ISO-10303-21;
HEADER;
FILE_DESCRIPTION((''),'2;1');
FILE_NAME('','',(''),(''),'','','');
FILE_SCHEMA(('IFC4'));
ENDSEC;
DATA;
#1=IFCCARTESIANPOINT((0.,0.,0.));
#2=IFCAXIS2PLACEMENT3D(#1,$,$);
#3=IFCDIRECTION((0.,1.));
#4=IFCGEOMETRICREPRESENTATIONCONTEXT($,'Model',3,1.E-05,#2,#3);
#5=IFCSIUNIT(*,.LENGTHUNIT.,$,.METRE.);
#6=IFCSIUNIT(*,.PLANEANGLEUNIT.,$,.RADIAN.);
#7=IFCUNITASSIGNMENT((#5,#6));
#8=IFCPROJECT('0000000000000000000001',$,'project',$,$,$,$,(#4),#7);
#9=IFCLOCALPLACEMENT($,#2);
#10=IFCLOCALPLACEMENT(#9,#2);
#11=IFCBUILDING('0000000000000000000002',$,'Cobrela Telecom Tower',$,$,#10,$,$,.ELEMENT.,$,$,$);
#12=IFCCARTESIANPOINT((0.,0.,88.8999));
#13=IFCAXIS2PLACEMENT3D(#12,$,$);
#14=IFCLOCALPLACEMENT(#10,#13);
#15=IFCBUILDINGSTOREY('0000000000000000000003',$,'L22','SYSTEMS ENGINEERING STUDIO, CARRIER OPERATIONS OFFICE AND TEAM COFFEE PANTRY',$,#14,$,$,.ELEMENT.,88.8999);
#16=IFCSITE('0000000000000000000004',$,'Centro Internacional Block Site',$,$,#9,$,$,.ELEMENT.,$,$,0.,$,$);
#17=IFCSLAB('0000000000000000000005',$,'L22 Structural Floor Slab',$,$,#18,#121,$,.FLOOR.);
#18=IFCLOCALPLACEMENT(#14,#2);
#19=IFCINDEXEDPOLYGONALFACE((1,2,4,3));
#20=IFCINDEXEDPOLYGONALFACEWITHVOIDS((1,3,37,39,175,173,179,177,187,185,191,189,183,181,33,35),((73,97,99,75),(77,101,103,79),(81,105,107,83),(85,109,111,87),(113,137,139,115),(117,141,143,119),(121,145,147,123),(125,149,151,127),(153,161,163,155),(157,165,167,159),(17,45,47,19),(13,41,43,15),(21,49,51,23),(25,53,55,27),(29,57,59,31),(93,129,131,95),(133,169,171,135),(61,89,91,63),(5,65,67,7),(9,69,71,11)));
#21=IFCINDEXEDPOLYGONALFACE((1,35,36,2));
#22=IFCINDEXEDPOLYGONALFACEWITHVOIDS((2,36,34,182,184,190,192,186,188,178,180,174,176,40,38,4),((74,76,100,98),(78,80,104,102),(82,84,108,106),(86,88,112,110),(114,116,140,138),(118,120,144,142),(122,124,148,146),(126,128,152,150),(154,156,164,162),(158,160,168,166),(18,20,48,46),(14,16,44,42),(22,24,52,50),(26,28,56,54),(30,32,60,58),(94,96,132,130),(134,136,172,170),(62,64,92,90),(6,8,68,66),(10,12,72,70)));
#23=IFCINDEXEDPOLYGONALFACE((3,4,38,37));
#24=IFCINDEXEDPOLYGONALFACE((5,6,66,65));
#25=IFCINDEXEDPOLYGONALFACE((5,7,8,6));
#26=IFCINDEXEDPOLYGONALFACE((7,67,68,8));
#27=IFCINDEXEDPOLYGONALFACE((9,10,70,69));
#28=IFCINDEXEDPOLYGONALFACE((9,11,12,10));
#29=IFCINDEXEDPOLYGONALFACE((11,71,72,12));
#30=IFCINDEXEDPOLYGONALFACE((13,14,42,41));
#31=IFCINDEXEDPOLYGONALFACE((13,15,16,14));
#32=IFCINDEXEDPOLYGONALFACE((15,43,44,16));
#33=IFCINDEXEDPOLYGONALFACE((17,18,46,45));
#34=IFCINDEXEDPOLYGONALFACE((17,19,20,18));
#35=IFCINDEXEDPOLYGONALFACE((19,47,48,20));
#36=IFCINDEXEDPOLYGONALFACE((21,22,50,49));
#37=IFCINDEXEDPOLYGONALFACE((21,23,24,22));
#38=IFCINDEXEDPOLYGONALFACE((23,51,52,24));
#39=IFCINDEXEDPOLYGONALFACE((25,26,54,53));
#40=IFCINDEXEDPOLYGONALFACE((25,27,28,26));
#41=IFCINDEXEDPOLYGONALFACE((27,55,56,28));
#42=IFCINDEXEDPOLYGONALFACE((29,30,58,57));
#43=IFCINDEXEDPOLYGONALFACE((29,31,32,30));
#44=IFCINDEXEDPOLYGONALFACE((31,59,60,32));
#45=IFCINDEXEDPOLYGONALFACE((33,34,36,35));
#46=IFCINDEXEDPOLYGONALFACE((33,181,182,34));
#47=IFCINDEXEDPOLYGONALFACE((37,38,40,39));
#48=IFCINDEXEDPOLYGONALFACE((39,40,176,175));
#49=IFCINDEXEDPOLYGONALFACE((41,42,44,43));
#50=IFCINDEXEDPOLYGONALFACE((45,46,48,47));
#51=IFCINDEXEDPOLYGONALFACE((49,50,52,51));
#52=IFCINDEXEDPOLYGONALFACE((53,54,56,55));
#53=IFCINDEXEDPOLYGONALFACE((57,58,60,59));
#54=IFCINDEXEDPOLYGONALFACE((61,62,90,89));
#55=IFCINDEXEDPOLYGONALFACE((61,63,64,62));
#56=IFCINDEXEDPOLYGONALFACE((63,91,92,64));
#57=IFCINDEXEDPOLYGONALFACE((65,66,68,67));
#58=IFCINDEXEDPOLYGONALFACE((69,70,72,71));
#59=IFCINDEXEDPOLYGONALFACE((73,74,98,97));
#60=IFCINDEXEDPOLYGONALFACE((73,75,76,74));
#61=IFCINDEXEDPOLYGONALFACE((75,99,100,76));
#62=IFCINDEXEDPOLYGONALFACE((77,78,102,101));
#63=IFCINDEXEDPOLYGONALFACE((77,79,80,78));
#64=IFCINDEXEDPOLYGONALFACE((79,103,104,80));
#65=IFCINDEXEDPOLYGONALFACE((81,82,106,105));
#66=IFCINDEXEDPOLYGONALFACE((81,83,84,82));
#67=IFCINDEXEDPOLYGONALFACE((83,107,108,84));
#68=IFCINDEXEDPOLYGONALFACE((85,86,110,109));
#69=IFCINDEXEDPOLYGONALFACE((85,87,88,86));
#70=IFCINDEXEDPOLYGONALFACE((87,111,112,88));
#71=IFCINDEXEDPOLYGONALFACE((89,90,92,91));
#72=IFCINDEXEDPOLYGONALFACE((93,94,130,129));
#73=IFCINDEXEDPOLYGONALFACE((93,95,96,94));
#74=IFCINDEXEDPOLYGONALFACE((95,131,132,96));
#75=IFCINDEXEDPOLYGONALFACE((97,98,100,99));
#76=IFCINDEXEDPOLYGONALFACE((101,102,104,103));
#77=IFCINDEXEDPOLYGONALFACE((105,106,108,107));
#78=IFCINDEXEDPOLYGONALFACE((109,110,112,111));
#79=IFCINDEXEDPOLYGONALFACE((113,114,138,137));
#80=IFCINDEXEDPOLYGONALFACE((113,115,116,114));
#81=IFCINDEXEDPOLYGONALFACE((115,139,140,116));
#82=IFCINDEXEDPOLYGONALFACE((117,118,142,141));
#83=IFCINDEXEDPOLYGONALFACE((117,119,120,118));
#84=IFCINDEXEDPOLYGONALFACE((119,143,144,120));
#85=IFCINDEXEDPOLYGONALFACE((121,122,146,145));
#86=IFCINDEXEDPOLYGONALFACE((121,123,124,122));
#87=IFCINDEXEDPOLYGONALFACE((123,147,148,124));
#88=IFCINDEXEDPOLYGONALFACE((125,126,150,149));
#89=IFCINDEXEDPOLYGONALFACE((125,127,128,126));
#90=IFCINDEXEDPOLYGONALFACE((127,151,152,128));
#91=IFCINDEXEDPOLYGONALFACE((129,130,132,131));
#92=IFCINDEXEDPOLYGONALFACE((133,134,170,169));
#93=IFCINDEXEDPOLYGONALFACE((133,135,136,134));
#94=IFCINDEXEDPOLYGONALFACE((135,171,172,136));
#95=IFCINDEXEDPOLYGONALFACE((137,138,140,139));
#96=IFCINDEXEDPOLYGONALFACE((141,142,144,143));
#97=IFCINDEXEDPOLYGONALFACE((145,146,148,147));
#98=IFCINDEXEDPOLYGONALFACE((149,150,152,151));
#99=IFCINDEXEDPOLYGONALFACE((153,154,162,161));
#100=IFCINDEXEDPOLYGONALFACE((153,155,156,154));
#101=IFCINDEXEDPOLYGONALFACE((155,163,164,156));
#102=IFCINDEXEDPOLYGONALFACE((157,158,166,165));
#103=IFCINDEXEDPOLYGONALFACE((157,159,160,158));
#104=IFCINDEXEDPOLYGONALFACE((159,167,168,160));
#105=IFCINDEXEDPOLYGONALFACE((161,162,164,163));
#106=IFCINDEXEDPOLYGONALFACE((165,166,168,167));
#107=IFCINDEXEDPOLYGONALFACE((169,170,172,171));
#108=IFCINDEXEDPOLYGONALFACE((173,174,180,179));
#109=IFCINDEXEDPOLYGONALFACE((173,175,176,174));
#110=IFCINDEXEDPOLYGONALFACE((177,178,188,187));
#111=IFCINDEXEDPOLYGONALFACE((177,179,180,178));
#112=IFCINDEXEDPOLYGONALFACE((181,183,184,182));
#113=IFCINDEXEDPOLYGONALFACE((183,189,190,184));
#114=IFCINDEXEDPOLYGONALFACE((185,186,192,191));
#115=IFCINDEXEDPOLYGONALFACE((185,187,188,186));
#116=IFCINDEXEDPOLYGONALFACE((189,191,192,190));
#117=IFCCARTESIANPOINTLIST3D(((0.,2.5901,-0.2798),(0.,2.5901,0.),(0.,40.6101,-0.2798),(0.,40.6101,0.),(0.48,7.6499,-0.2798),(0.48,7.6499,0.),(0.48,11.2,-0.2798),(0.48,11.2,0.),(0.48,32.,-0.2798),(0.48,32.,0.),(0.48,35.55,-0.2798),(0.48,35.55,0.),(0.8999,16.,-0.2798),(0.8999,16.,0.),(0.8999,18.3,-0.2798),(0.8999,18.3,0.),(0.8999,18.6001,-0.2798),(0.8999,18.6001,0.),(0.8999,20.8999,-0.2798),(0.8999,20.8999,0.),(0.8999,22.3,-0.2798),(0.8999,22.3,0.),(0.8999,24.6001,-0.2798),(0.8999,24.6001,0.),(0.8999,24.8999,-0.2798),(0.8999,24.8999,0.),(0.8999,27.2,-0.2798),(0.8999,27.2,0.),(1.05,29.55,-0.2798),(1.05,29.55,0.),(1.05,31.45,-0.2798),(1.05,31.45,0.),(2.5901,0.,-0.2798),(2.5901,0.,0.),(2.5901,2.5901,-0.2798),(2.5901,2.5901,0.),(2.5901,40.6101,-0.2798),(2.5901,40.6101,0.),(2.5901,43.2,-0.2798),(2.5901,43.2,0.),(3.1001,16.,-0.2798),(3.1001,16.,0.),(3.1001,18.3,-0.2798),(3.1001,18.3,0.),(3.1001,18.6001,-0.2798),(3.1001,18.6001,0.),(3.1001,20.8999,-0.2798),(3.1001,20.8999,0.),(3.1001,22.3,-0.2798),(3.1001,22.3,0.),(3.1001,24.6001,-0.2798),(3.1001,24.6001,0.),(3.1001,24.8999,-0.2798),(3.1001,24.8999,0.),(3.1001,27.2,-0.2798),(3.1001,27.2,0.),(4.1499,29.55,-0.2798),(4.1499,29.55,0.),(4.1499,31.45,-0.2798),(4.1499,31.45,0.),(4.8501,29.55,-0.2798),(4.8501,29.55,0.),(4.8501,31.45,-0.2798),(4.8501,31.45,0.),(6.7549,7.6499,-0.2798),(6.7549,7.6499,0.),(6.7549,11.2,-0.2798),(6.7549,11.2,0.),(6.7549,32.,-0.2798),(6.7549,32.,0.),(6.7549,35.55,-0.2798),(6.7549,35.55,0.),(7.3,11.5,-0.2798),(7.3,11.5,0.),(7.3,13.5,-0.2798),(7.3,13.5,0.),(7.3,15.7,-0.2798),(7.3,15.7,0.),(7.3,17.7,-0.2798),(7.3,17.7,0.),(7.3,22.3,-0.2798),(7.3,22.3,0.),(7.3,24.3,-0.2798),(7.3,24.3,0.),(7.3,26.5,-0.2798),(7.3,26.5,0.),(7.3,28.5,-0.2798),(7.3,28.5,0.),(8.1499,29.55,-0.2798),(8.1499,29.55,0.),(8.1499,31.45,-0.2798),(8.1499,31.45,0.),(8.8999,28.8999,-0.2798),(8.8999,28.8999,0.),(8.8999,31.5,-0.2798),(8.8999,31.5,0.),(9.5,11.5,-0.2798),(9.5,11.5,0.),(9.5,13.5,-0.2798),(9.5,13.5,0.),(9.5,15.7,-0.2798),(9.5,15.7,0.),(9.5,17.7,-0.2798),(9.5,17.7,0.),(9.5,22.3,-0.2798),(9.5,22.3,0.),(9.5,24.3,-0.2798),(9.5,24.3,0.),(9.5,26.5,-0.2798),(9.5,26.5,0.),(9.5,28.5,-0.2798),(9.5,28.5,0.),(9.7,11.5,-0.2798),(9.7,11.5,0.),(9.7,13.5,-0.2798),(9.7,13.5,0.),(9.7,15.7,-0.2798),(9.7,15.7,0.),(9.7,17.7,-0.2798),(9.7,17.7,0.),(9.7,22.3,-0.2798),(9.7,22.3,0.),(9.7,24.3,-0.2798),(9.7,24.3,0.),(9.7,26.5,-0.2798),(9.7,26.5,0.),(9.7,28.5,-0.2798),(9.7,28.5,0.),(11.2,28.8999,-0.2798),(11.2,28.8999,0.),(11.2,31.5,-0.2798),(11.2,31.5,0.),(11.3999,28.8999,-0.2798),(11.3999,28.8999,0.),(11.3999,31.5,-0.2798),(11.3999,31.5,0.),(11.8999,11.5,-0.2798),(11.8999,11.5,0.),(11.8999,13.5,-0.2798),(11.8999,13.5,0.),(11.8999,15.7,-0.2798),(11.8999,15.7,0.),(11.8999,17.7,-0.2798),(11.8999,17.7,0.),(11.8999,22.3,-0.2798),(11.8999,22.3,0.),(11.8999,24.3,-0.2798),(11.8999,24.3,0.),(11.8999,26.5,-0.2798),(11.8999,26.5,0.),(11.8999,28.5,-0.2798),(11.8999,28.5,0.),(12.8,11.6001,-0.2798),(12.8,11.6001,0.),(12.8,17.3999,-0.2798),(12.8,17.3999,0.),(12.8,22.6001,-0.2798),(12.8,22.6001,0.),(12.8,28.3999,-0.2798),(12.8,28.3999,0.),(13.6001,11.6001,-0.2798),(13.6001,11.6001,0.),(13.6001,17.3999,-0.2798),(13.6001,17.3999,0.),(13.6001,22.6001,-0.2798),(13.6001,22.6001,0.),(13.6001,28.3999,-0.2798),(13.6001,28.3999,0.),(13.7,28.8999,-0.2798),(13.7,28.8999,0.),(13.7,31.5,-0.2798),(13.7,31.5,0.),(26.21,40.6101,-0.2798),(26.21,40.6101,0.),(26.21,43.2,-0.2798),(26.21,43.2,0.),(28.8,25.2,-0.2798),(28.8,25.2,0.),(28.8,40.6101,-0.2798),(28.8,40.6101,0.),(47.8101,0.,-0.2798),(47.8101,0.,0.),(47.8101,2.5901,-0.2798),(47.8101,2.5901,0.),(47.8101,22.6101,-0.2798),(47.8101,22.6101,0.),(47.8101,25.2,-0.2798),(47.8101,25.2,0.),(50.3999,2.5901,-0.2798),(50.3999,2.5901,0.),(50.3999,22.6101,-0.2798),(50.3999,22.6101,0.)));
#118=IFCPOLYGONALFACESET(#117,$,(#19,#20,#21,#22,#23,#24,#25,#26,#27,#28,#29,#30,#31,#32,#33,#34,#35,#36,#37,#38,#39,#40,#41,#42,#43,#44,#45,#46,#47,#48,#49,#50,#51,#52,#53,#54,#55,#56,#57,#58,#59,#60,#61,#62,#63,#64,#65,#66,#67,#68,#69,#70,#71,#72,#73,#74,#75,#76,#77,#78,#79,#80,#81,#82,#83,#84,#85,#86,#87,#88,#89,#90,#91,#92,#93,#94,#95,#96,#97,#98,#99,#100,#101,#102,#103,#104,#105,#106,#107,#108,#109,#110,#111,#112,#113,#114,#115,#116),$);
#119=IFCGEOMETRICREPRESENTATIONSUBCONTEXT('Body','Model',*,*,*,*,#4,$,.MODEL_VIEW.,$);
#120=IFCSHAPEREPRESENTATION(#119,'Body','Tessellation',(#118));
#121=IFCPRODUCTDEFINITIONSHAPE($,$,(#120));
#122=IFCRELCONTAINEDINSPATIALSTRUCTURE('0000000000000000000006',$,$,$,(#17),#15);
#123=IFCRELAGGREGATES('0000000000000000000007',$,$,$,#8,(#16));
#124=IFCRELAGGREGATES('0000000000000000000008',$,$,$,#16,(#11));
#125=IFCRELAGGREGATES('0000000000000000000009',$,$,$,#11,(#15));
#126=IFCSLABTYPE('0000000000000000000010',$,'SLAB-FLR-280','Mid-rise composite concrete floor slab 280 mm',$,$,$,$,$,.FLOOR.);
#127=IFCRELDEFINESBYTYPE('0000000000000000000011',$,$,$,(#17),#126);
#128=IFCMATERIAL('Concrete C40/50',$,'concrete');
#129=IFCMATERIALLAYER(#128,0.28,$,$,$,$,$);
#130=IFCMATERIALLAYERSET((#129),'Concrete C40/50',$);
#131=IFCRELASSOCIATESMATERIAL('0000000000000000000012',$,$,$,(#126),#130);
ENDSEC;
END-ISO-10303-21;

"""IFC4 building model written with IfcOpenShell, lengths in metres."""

from ifc_helpers import new_model, si_unit, direction, frame, origin, place, context, subcontext, project, spatial, polyline, outline, extrude, material, layer, layer_set, type_object, element, save


model = new_model("IFC4")

# Units and contexts
model_context = context("Model", 3, precision=1e-05, world=origin(), true_north=direction((0.0, 1.0)))
body_context = subcontext(model_context, "Body", "Model", "MODEL_VIEW")
ifc_project = project(units=[si_unit("LENGTHUNIT", "METRE"), si_unit("PLANEANGLEUNIT", "RADIAN")], contexts=[model_context])

# Site, building, storey
site_placement = place(None, origin())
site = spatial("IfcSite", under=ifc_project, at=site_placement, Name="Centro Internacional Block Site", CompositionType="ELEMENT", RefElevation=0.0)
building_placement = place(site_placement, origin())
building = spatial("IfcBuilding", under=site, at=building_placement, Name="Cobrela Telecom Tower", CompositionType="ELEMENT")
storey_placement = place(building_placement, frame((0.0, 0.0, 88.8999)))
storey = spatial("IfcBuildingStorey", under=building, at=storey_placement, Name="L22", Description="SYSTEMS ENGINEERING STUDIO, CARRIER OPERATIONS OFFICE AND TEAM COFFEE PANTRY", CompositionType="ELEMENT", Elevation=88.8999)

# Slab, openings
ifc_material_1 = material(Name="Concrete C40/50", Category="concrete")
ifc_layer_1 = layer(ifc_material_1, 0.28)
ifc_layer_set_1 = layer_set([ifc_layer_1], Name="Concrete C40/50")
slab_type_1 = type_object("IfcSlabType", Name="SLAB-FLR-280", Description="Mid-rise composite concrete floor slab 280 mm", PredefinedType="FLOOR", material=ifc_layer_set_1)
slab_1_placement = place(storey_placement, frame((0.0, 0.0, -0.2798)))
slab_1 = element("IfcSlab", 1, at=slab_1_placement, inside=storey, type_object=slab_type_1, Name="L22 Structural Floor Slab", PredefinedType="FLOOR", context=body_context, shape_type="SweptSolid", body=[
    extrude(outline(polyline([(2.5901, 0.0), (47.8101, 0.0), (47.8101, 2.5901), (50.3999, 2.5901), (50.3999, 22.6101), (47.8101, 22.6101), (47.8101, 25.2), (28.8, 25.2), (28.8, 40.6101), (26.21, 40.6101), (26.21, 43.2), (2.5901, 43.2), (2.5901, 40.6101), (0.0, 40.6101), (0.0, 2.5901), (2.5901, 2.5901), (2.5901, 0.0)])), origin(), (0.0, 0.0, 1.0), 0.2798),
])
opening_1_placement = place(slab_1_placement, frame((0.0, 0.0, -0.02)))
element("IfcOpeningElement", 2, at=opening_1_placement, cuts=slab_1, PredefinedType="OPENING", context=body_context, shape_type="SweptSolid", body=[
    extrude(outline(polyline([(8.8999, 28.8999), (11.2, 28.8999), (11.2, 31.5), (8.8999, 31.5), (8.8999, 28.8999)])), origin(), (0.0, 0.0, 1.0), 0.3198),
])
opening_2_placement = place(slab_1_placement, frame((0.0, 0.0, -0.02)))
element("IfcOpeningElement", 3, at=opening_2_placement, cuts=slab_1, PredefinedType="OPENING", context=body_context, shape_type="SweptSolid", body=[
    extrude(outline(polyline([(11.3999, 28.8999), (13.7, 28.8999), (13.7, 31.5), (11.3999, 31.5), (11.3999, 28.8999)])), origin(), (0.0, 0.0, 1.0), 0.3198),
])
opening_3_placement = place(slab_1_placement, frame((0.0, 0.0, -0.02)))
element("IfcOpeningElement", 4, at=opening_3_placement, cuts=slab_1, PredefinedType="OPENING", context=body_context, shape_type="SweptSolid", body=[
    extrude(outline(polyline([(7.3, 22.3), (9.5, 22.3), (9.5, 24.3), (7.3, 24.3), (7.3, 22.3)])), origin(), (0.0, 0.0, 1.0), 0.3198),
])
opening_4_placement = place(slab_1_placement, frame((0.0, 0.0, -0.02)))
element("IfcOpeningElement", 5, at=opening_4_placement, cuts=slab_1, PredefinedType="OPENING", context=body_context, shape_type="SweptSolid", body=[
    extrude(outline(polyline([(9.7, 22.3), (11.8999, 22.3), (11.8999, 24.3), (9.7, 24.3), (9.7, 22.3)])), origin(), (0.0, 0.0, 1.0), 0.3198),
])
opening_5_placement = place(slab_1_placement, frame((0.0, 0.0, -0.02)))
element("IfcOpeningElement", 6, at=opening_5_placement, cuts=slab_1, PredefinedType="OPENING", context=body_context, shape_type="SweptSolid", body=[
    extrude(outline(polyline([(7.3, 26.5), (9.5, 26.5), (9.5, 28.5), (7.3, 28.5), (7.3, 26.5)])), origin(), (0.0, 0.0, 1.0), 0.3198),
])
opening_6_placement = place(slab_1_placement, frame((0.0, 0.0, -0.02)))
element("IfcOpeningElement", 7, at=opening_6_placement, cuts=slab_1, PredefinedType="OPENING", context=body_context, shape_type="SweptSolid", body=[
    extrude(outline(polyline([(9.7, 26.5), (11.8999, 26.5), (11.8999, 28.5), (9.7, 28.5), (9.7, 26.5)])), origin(), (0.0, 0.0, 1.0), 0.3198),
])
opening_7_placement = place(slab_1_placement, frame((0.0, 0.0, -0.02)))
element("IfcOpeningElement", 8, at=opening_7_placement, cuts=slab_1, PredefinedType="OPENING", context=body_context, shape_type="SweptSolid", body=[
    extrude(outline(polyline([(7.3, 15.7), (9.5, 15.7), (9.5, 17.7), (7.3, 17.7), (7.3, 15.7)])), origin(), (0.0, 0.0, 1.0), 0.3198),
])
opening_8_placement = place(slab_1_placement, frame((0.0, 0.0, -0.02)))
element("IfcOpeningElement", 9, at=opening_8_placement, cuts=slab_1, PredefinedType="OPENING", context=body_context, shape_type="SweptSolid", body=[
    extrude(outline(polyline([(9.7, 15.7), (11.8999, 15.7), (11.8999, 17.7), (9.7, 17.7), (9.7, 15.7)])), origin(), (0.0, 0.0, 1.0), 0.3198),
])
opening_9_placement = place(slab_1_placement, frame((0.0, 0.0, -0.02)))
element("IfcOpeningElement", 10, at=opening_9_placement, cuts=slab_1, PredefinedType="OPENING", context=body_context, shape_type="SweptSolid", body=[
    extrude(outline(polyline([(7.3, 11.5), (9.5, 11.5), (9.5, 13.5), (7.3, 13.5), (7.3, 11.5)])), origin(), (0.0, 0.0, 1.0), 0.3198),
])
opening_10_placement = place(slab_1_placement, frame((0.0, 0.0, -0.02)))
element("IfcOpeningElement", 11, at=opening_10_placement, cuts=slab_1, PredefinedType="OPENING", context=body_context, shape_type="SweptSolid", body=[
    extrude(outline(polyline([(9.7, 11.5), (11.8999, 11.5), (11.8999, 13.5), (9.7, 13.5), (9.7, 11.5)])), origin(), (0.0, 0.0, 1.0), 0.3198),
])
opening_11_placement = place(slab_1_placement, frame((0.0, 0.0, -0.02)))
element("IfcOpeningElement", 12, at=opening_11_placement, cuts=slab_1, PredefinedType="OPENING", context=body_context, shape_type="SweptSolid", body=[
    extrude(outline(polyline([(0.8999, 16.0), (3.1001, 16.0), (3.1001, 18.3), (0.8999, 18.3), (0.8999, 16.0)])), origin(), (0.0, 0.0, 1.0), 0.3198),
])
opening_12_placement = place(slab_1_placement, frame((0.0, 0.0, -0.02)))
element("IfcOpeningElement", 13, at=opening_12_placement, cuts=slab_1, PredefinedType="OPENING", context=body_context, shape_type="SweptSolid", body=[
    extrude(outline(polyline([(0.8999, 18.6001), (3.1001, 18.6001), (3.1001, 20.8999), (0.8999, 20.8999), (0.8999, 18.6001)])), origin(), (0.0, 0.0, 1.0), 0.3198),
])
opening_13_placement = place(slab_1_placement, frame((0.0, 0.0, -0.02)))
element("IfcOpeningElement", 14, at=opening_13_placement, cuts=slab_1, PredefinedType="OPENING", context=body_context, shape_type="SweptSolid", body=[
    extrude(outline(polyline([(0.8999, 22.3), (3.1001, 22.3), (3.1001, 24.6001), (0.8999, 24.6001), (0.8999, 22.3)])), origin(), (0.0, 0.0, 1.0), 0.3198),
])
opening_14_placement = place(slab_1_placement, frame((0.0, 0.0, -0.02)))
element("IfcOpeningElement", 15, at=opening_14_placement, cuts=slab_1, PredefinedType="OPENING", context=body_context, shape_type="SweptSolid", body=[
    extrude(outline(polyline([(0.8999, 24.8999), (3.1001, 24.8999), (3.1001, 27.2), (0.8999, 27.2), (0.8999, 24.8999)])), origin(), (0.0, 0.0, 1.0), 0.3198),
])
opening_15_placement = place(slab_1_placement, frame((0.0, 0.0, -0.02)))
element("IfcOpeningElement", 16, at=opening_15_placement, cuts=slab_1, PredefinedType="OPENING", context=body_context, shape_type="SweptSolid", body=[
    extrude(outline(polyline([(1.05, 29.55), (4.1499, 29.55), (4.1499, 31.45), (1.05, 31.45), (1.05, 29.55)])), origin(), (0.0, 0.0, 1.0), 0.3198),
])
opening_16_placement = place(slab_1_placement, frame((0.0, 0.0, -0.02)))
element("IfcOpeningElement", 17, at=opening_16_placement, cuts=slab_1, PredefinedType="OPENING", context=body_context, shape_type="SweptSolid", body=[
    extrude(outline(polyline([(4.8501, 29.55), (8.1499, 29.55), (8.1499, 31.45), (4.8501, 31.45), (4.8501, 29.55)])), origin(), (0.0, 0.0, 1.0), 0.3198),
])
opening_17_placement = place(slab_1_placement, frame((0.0, 0.0, -0.02)))
element("IfcOpeningElement", 18, at=opening_17_placement, cuts=slab_1, PredefinedType="OPENING", context=body_context, shape_type="SweptSolid", body=[
    extrude(outline(polyline([(12.8, 22.6001), (13.6001, 22.6001), (13.6001, 28.3999), (12.8, 28.3999), (12.8, 22.6001)])), origin(), (0.0, 0.0, 1.0), 0.3198),
])
opening_18_placement = place(slab_1_placement, frame((0.0, 0.0, -0.02)))
element("IfcOpeningElement", 19, at=opening_18_placement, cuts=slab_1, PredefinedType="OPENING", context=body_context, shape_type="SweptSolid", body=[
    extrude(outline(polyline([(12.8, 11.6001), (13.6001, 11.6001), (13.6001, 17.3999), (12.8, 17.3999), (12.8, 11.6001)])), origin(), (0.0, 0.0, 1.0), 0.3198),
])
opening_19_placement = place(slab_1_placement, frame((0.0, 0.0, -0.02)))
element("IfcOpeningElement", 20, at=opening_19_placement, cuts=slab_1, PredefinedType="OPENING", context=body_context, shape_type="SweptSolid", body=[
    extrude(outline(polyline([(6.7549, 35.55), (0.48, 35.55), (0.48, 32.0), (6.7549, 32.0), (6.7549, 35.55)])), origin(), (0.0, 0.0, 1.0), 0.3198),
])
opening_20_placement = place(slab_1_placement, frame((0.0, 0.0, -0.02)))
element("IfcOpeningElement", 21, at=opening_20_placement, cuts=slab_1, PredefinedType="OPENING", context=body_context, shape_type="SweptSolid", body=[
    extrude(outline(polyline([(6.7549, 11.2), (0.48, 11.2), (0.48, 7.6499), (6.7549, 7.6499), (6.7549, 11.2)])), origin(), (0.0, 0.0, 1.0), 0.3198),
])

save(model, "model.ifc")
